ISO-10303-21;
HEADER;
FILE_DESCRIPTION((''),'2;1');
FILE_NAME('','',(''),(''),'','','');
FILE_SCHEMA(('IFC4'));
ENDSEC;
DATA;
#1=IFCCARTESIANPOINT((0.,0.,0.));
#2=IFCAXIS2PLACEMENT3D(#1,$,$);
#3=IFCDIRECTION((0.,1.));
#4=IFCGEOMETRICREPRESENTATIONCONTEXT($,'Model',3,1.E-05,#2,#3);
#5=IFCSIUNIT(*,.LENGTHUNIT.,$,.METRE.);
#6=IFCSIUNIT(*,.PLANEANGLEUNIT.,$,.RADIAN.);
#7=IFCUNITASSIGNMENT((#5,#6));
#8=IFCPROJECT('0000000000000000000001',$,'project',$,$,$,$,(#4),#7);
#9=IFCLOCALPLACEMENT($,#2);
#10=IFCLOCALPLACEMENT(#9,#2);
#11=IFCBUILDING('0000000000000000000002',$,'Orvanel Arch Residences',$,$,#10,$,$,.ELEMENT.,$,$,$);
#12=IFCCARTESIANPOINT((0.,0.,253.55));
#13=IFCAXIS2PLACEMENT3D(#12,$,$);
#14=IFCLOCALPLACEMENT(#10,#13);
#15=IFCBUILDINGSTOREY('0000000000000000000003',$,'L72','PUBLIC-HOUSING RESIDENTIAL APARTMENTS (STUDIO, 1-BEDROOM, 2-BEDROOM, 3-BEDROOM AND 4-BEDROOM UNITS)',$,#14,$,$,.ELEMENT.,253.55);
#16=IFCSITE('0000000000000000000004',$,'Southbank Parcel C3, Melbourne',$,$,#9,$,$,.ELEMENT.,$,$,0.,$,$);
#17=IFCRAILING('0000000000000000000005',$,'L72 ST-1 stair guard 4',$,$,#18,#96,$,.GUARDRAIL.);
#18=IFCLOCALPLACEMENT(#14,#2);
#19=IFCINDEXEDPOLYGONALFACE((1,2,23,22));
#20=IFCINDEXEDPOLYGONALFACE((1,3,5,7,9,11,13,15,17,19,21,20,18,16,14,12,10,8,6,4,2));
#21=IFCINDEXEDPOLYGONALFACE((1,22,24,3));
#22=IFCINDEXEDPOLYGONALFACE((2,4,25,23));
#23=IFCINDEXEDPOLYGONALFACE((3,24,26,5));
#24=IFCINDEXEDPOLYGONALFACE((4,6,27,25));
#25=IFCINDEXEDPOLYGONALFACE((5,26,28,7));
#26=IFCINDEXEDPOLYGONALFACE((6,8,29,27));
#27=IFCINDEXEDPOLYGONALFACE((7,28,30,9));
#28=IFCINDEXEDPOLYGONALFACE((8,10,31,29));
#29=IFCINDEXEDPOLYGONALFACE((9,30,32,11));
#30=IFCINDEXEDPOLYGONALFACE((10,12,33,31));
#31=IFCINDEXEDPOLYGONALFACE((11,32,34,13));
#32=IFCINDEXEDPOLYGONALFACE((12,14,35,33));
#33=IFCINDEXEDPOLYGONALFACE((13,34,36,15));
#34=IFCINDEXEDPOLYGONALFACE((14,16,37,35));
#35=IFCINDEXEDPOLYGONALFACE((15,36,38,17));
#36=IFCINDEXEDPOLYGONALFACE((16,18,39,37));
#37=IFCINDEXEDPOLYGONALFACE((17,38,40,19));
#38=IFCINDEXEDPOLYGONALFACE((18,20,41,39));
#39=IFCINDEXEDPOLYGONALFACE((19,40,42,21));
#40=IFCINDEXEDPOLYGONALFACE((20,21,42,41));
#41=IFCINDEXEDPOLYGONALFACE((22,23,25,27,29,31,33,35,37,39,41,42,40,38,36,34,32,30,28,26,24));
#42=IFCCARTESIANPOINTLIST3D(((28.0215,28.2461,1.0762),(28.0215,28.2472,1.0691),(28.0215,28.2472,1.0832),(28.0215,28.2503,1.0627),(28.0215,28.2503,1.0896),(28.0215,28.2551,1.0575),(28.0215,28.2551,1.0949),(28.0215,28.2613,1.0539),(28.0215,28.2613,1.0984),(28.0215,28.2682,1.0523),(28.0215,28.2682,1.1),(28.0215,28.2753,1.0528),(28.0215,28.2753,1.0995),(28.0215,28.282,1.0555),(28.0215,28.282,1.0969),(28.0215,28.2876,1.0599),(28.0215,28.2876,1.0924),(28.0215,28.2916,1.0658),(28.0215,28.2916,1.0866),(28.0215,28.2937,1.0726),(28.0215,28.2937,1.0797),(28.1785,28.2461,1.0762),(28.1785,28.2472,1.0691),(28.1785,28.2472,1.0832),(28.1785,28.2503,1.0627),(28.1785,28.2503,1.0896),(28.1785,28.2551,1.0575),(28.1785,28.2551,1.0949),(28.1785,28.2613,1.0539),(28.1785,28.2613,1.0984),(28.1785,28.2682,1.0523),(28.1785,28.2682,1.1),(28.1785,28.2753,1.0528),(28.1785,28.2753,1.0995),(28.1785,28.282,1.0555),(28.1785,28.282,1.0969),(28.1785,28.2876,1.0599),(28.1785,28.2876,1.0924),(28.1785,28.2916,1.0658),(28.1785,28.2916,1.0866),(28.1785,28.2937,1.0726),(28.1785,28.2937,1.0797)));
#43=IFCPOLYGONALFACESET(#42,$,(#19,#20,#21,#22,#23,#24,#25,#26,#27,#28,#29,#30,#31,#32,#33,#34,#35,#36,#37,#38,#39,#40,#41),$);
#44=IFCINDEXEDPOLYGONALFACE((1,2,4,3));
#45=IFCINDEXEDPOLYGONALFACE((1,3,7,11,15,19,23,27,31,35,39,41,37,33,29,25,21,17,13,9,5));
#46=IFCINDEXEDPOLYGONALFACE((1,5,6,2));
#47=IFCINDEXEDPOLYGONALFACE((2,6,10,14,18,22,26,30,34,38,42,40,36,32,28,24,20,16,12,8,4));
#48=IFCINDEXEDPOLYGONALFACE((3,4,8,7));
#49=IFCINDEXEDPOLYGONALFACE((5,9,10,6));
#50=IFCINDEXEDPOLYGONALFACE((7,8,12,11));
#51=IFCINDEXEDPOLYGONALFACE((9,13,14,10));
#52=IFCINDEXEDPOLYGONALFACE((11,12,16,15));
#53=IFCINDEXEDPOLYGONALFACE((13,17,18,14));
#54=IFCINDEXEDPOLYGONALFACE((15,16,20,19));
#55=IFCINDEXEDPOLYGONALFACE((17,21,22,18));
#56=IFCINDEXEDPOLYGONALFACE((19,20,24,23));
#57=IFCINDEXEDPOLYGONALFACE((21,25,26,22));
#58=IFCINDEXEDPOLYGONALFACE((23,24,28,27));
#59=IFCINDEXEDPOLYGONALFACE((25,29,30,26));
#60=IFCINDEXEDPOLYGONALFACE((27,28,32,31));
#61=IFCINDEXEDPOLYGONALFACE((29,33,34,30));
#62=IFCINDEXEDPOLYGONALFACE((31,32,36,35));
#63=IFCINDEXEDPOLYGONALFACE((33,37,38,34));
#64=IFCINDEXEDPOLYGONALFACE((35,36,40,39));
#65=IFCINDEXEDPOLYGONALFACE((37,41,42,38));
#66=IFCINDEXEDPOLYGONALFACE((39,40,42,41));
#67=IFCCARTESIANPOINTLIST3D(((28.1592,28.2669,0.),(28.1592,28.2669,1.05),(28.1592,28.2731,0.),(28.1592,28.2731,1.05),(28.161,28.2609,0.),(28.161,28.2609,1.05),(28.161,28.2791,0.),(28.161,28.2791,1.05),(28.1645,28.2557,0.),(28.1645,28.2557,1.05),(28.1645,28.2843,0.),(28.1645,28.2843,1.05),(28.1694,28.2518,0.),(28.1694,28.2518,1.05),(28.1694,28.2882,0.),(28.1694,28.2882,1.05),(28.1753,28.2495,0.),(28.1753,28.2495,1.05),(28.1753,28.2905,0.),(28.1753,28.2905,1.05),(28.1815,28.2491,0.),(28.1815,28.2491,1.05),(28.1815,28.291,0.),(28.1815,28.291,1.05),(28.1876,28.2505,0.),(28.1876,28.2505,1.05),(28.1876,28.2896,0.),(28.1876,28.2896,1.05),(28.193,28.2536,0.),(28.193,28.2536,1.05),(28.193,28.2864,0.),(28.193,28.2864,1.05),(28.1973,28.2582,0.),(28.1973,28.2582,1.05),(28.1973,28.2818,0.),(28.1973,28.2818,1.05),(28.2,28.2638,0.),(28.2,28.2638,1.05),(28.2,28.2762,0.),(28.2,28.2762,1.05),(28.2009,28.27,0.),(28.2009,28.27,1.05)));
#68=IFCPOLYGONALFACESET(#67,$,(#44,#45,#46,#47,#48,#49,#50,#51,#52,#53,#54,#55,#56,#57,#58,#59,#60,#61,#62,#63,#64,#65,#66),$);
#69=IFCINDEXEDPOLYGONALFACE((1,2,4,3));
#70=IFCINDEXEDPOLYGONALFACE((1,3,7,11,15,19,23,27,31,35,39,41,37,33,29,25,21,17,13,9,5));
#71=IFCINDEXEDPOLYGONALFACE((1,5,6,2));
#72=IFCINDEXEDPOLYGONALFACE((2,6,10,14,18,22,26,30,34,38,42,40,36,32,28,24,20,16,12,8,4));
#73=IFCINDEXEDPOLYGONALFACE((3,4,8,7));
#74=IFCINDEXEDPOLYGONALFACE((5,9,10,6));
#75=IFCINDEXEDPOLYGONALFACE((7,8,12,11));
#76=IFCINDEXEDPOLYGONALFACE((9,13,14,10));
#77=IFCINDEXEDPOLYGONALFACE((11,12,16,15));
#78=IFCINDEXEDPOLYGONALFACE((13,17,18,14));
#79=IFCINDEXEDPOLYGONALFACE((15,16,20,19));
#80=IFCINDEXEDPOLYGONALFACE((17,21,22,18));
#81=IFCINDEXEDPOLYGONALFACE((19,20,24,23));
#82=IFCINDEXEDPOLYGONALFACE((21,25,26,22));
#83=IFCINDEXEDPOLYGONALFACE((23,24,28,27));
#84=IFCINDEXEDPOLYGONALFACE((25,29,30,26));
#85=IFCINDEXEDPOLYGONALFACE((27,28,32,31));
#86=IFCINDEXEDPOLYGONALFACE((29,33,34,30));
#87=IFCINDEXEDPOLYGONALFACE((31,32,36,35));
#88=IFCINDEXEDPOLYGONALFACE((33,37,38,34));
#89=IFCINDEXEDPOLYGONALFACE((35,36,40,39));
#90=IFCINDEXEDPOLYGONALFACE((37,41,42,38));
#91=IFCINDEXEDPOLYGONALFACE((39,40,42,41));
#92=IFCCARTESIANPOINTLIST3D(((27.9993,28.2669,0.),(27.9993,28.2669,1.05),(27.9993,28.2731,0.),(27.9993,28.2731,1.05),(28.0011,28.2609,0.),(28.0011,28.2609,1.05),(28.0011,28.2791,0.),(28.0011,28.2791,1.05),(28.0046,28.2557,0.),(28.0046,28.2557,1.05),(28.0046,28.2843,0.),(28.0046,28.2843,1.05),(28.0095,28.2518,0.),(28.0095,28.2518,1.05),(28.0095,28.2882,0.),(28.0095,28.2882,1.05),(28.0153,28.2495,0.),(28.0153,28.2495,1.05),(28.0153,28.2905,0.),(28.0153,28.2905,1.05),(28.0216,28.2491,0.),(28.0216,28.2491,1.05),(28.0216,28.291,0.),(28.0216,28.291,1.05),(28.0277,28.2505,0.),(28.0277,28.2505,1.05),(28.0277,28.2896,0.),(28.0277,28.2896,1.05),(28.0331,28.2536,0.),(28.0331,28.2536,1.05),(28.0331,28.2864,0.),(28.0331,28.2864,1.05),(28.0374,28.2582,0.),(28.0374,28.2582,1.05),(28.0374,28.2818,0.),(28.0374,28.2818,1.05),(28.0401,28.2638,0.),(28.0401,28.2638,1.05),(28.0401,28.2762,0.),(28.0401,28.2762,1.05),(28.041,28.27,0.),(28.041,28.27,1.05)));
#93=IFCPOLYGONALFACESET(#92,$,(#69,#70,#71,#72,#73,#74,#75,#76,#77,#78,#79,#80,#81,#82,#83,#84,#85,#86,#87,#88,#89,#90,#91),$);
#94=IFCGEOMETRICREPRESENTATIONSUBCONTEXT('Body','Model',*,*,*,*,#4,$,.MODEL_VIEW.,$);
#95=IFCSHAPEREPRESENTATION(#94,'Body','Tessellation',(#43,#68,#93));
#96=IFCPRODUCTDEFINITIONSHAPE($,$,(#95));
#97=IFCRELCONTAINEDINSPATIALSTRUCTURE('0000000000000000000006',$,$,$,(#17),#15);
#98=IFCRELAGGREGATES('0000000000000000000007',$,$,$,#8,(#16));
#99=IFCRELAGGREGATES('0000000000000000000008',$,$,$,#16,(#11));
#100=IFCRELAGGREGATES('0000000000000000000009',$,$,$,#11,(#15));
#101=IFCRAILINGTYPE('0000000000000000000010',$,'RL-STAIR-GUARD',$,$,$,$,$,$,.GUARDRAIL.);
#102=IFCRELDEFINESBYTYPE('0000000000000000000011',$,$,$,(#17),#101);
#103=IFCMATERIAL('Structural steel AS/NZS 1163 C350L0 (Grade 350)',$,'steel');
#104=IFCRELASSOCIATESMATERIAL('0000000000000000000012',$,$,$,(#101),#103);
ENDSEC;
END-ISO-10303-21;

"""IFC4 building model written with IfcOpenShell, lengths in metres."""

from ifc_helpers import new_model, si_unit, direction, frame, origin, origin_2d, place, context, subcontext, project, spatial, circle, extrude, material, type_object, element, save


model = new_model("IFC4")

# Units and contexts
model_context = context("Model", 3, precision=1e-05, world=origin(), true_north=direction((0.0, 1.0)))
body_context = subcontext(model_context, "Body", "Model", "MODEL_VIEW")
ifc_project = project(units=[si_unit("LENGTHUNIT", "METRE"), si_unit("PLANEANGLEUNIT", "RADIAN")], contexts=[model_context])

# Site, building, storey
site_placement = place(None, origin())
site = spatial("IfcSite", under=ifc_project, at=site_placement, Name="Southbank Parcel C3, Melbourne", CompositionType="ELEMENT", RefElevation=0.0)
building_placement = place(site_placement, origin())
building = spatial("IfcBuilding", under=site, at=building_placement, Name="Orvanel Arch Residences", CompositionType="ELEMENT")
storey_placement = place(building_placement, frame((0.0, 0.0, 253.55)))
storey = spatial("IfcBuildingStorey", under=building, at=storey_placement, Name="L72", Description="PUBLIC-HOUSING RESIDENTIAL APARTMENTS (STUDIO, 1-BEDROOM, 2-BEDROOM, 3-BEDROOM AND 4-BEDROOM UNITS)", CompositionType="ELEMENT", Elevation=253.55)

# Railing
ifc_material_1 = material(Name="Structural steel AS/NZS 1163 C350L0 (Grade 350)", Category="steel")
railing_type_1 = type_object("IfcRailingType", Name="RL-STAIR-GUARD", PredefinedType="GUARDRAIL", material=ifc_material_1)
railing_1_placement = place(storey_placement, frame((28.1799, 28.27, 0.0)))
element("IfcRailing", 1, at=railing_1_placement, inside=storey, type_object=railing_type_1, Name="L72 ST-1 stair guard 4", PredefinedType="GUARDRAIL", context=body_context, shape_type="SweptSolid", body=[
    extrude(circle(Radius=0.0239, at=origin_2d()), frame((-0.0015, 0.0, 1.0762), z_axis=(-1.0, 0.0, 0.0), x_axis=(0.0, -1.0, 0.0)), (0.0, 0.0, 1.0), 0.157),
    extrude(circle(Radius=0.021, at=origin_2d()), origin(), (0.0, 0.0, 1.0), 1.05),
    extrude(circle(Radius=0.021, at=origin_2d()), frame((-0.1599, 0.0, 0.0)), (0.0, 0.0, 1.0), 1.05),
])

save(model, "model.ifc")
